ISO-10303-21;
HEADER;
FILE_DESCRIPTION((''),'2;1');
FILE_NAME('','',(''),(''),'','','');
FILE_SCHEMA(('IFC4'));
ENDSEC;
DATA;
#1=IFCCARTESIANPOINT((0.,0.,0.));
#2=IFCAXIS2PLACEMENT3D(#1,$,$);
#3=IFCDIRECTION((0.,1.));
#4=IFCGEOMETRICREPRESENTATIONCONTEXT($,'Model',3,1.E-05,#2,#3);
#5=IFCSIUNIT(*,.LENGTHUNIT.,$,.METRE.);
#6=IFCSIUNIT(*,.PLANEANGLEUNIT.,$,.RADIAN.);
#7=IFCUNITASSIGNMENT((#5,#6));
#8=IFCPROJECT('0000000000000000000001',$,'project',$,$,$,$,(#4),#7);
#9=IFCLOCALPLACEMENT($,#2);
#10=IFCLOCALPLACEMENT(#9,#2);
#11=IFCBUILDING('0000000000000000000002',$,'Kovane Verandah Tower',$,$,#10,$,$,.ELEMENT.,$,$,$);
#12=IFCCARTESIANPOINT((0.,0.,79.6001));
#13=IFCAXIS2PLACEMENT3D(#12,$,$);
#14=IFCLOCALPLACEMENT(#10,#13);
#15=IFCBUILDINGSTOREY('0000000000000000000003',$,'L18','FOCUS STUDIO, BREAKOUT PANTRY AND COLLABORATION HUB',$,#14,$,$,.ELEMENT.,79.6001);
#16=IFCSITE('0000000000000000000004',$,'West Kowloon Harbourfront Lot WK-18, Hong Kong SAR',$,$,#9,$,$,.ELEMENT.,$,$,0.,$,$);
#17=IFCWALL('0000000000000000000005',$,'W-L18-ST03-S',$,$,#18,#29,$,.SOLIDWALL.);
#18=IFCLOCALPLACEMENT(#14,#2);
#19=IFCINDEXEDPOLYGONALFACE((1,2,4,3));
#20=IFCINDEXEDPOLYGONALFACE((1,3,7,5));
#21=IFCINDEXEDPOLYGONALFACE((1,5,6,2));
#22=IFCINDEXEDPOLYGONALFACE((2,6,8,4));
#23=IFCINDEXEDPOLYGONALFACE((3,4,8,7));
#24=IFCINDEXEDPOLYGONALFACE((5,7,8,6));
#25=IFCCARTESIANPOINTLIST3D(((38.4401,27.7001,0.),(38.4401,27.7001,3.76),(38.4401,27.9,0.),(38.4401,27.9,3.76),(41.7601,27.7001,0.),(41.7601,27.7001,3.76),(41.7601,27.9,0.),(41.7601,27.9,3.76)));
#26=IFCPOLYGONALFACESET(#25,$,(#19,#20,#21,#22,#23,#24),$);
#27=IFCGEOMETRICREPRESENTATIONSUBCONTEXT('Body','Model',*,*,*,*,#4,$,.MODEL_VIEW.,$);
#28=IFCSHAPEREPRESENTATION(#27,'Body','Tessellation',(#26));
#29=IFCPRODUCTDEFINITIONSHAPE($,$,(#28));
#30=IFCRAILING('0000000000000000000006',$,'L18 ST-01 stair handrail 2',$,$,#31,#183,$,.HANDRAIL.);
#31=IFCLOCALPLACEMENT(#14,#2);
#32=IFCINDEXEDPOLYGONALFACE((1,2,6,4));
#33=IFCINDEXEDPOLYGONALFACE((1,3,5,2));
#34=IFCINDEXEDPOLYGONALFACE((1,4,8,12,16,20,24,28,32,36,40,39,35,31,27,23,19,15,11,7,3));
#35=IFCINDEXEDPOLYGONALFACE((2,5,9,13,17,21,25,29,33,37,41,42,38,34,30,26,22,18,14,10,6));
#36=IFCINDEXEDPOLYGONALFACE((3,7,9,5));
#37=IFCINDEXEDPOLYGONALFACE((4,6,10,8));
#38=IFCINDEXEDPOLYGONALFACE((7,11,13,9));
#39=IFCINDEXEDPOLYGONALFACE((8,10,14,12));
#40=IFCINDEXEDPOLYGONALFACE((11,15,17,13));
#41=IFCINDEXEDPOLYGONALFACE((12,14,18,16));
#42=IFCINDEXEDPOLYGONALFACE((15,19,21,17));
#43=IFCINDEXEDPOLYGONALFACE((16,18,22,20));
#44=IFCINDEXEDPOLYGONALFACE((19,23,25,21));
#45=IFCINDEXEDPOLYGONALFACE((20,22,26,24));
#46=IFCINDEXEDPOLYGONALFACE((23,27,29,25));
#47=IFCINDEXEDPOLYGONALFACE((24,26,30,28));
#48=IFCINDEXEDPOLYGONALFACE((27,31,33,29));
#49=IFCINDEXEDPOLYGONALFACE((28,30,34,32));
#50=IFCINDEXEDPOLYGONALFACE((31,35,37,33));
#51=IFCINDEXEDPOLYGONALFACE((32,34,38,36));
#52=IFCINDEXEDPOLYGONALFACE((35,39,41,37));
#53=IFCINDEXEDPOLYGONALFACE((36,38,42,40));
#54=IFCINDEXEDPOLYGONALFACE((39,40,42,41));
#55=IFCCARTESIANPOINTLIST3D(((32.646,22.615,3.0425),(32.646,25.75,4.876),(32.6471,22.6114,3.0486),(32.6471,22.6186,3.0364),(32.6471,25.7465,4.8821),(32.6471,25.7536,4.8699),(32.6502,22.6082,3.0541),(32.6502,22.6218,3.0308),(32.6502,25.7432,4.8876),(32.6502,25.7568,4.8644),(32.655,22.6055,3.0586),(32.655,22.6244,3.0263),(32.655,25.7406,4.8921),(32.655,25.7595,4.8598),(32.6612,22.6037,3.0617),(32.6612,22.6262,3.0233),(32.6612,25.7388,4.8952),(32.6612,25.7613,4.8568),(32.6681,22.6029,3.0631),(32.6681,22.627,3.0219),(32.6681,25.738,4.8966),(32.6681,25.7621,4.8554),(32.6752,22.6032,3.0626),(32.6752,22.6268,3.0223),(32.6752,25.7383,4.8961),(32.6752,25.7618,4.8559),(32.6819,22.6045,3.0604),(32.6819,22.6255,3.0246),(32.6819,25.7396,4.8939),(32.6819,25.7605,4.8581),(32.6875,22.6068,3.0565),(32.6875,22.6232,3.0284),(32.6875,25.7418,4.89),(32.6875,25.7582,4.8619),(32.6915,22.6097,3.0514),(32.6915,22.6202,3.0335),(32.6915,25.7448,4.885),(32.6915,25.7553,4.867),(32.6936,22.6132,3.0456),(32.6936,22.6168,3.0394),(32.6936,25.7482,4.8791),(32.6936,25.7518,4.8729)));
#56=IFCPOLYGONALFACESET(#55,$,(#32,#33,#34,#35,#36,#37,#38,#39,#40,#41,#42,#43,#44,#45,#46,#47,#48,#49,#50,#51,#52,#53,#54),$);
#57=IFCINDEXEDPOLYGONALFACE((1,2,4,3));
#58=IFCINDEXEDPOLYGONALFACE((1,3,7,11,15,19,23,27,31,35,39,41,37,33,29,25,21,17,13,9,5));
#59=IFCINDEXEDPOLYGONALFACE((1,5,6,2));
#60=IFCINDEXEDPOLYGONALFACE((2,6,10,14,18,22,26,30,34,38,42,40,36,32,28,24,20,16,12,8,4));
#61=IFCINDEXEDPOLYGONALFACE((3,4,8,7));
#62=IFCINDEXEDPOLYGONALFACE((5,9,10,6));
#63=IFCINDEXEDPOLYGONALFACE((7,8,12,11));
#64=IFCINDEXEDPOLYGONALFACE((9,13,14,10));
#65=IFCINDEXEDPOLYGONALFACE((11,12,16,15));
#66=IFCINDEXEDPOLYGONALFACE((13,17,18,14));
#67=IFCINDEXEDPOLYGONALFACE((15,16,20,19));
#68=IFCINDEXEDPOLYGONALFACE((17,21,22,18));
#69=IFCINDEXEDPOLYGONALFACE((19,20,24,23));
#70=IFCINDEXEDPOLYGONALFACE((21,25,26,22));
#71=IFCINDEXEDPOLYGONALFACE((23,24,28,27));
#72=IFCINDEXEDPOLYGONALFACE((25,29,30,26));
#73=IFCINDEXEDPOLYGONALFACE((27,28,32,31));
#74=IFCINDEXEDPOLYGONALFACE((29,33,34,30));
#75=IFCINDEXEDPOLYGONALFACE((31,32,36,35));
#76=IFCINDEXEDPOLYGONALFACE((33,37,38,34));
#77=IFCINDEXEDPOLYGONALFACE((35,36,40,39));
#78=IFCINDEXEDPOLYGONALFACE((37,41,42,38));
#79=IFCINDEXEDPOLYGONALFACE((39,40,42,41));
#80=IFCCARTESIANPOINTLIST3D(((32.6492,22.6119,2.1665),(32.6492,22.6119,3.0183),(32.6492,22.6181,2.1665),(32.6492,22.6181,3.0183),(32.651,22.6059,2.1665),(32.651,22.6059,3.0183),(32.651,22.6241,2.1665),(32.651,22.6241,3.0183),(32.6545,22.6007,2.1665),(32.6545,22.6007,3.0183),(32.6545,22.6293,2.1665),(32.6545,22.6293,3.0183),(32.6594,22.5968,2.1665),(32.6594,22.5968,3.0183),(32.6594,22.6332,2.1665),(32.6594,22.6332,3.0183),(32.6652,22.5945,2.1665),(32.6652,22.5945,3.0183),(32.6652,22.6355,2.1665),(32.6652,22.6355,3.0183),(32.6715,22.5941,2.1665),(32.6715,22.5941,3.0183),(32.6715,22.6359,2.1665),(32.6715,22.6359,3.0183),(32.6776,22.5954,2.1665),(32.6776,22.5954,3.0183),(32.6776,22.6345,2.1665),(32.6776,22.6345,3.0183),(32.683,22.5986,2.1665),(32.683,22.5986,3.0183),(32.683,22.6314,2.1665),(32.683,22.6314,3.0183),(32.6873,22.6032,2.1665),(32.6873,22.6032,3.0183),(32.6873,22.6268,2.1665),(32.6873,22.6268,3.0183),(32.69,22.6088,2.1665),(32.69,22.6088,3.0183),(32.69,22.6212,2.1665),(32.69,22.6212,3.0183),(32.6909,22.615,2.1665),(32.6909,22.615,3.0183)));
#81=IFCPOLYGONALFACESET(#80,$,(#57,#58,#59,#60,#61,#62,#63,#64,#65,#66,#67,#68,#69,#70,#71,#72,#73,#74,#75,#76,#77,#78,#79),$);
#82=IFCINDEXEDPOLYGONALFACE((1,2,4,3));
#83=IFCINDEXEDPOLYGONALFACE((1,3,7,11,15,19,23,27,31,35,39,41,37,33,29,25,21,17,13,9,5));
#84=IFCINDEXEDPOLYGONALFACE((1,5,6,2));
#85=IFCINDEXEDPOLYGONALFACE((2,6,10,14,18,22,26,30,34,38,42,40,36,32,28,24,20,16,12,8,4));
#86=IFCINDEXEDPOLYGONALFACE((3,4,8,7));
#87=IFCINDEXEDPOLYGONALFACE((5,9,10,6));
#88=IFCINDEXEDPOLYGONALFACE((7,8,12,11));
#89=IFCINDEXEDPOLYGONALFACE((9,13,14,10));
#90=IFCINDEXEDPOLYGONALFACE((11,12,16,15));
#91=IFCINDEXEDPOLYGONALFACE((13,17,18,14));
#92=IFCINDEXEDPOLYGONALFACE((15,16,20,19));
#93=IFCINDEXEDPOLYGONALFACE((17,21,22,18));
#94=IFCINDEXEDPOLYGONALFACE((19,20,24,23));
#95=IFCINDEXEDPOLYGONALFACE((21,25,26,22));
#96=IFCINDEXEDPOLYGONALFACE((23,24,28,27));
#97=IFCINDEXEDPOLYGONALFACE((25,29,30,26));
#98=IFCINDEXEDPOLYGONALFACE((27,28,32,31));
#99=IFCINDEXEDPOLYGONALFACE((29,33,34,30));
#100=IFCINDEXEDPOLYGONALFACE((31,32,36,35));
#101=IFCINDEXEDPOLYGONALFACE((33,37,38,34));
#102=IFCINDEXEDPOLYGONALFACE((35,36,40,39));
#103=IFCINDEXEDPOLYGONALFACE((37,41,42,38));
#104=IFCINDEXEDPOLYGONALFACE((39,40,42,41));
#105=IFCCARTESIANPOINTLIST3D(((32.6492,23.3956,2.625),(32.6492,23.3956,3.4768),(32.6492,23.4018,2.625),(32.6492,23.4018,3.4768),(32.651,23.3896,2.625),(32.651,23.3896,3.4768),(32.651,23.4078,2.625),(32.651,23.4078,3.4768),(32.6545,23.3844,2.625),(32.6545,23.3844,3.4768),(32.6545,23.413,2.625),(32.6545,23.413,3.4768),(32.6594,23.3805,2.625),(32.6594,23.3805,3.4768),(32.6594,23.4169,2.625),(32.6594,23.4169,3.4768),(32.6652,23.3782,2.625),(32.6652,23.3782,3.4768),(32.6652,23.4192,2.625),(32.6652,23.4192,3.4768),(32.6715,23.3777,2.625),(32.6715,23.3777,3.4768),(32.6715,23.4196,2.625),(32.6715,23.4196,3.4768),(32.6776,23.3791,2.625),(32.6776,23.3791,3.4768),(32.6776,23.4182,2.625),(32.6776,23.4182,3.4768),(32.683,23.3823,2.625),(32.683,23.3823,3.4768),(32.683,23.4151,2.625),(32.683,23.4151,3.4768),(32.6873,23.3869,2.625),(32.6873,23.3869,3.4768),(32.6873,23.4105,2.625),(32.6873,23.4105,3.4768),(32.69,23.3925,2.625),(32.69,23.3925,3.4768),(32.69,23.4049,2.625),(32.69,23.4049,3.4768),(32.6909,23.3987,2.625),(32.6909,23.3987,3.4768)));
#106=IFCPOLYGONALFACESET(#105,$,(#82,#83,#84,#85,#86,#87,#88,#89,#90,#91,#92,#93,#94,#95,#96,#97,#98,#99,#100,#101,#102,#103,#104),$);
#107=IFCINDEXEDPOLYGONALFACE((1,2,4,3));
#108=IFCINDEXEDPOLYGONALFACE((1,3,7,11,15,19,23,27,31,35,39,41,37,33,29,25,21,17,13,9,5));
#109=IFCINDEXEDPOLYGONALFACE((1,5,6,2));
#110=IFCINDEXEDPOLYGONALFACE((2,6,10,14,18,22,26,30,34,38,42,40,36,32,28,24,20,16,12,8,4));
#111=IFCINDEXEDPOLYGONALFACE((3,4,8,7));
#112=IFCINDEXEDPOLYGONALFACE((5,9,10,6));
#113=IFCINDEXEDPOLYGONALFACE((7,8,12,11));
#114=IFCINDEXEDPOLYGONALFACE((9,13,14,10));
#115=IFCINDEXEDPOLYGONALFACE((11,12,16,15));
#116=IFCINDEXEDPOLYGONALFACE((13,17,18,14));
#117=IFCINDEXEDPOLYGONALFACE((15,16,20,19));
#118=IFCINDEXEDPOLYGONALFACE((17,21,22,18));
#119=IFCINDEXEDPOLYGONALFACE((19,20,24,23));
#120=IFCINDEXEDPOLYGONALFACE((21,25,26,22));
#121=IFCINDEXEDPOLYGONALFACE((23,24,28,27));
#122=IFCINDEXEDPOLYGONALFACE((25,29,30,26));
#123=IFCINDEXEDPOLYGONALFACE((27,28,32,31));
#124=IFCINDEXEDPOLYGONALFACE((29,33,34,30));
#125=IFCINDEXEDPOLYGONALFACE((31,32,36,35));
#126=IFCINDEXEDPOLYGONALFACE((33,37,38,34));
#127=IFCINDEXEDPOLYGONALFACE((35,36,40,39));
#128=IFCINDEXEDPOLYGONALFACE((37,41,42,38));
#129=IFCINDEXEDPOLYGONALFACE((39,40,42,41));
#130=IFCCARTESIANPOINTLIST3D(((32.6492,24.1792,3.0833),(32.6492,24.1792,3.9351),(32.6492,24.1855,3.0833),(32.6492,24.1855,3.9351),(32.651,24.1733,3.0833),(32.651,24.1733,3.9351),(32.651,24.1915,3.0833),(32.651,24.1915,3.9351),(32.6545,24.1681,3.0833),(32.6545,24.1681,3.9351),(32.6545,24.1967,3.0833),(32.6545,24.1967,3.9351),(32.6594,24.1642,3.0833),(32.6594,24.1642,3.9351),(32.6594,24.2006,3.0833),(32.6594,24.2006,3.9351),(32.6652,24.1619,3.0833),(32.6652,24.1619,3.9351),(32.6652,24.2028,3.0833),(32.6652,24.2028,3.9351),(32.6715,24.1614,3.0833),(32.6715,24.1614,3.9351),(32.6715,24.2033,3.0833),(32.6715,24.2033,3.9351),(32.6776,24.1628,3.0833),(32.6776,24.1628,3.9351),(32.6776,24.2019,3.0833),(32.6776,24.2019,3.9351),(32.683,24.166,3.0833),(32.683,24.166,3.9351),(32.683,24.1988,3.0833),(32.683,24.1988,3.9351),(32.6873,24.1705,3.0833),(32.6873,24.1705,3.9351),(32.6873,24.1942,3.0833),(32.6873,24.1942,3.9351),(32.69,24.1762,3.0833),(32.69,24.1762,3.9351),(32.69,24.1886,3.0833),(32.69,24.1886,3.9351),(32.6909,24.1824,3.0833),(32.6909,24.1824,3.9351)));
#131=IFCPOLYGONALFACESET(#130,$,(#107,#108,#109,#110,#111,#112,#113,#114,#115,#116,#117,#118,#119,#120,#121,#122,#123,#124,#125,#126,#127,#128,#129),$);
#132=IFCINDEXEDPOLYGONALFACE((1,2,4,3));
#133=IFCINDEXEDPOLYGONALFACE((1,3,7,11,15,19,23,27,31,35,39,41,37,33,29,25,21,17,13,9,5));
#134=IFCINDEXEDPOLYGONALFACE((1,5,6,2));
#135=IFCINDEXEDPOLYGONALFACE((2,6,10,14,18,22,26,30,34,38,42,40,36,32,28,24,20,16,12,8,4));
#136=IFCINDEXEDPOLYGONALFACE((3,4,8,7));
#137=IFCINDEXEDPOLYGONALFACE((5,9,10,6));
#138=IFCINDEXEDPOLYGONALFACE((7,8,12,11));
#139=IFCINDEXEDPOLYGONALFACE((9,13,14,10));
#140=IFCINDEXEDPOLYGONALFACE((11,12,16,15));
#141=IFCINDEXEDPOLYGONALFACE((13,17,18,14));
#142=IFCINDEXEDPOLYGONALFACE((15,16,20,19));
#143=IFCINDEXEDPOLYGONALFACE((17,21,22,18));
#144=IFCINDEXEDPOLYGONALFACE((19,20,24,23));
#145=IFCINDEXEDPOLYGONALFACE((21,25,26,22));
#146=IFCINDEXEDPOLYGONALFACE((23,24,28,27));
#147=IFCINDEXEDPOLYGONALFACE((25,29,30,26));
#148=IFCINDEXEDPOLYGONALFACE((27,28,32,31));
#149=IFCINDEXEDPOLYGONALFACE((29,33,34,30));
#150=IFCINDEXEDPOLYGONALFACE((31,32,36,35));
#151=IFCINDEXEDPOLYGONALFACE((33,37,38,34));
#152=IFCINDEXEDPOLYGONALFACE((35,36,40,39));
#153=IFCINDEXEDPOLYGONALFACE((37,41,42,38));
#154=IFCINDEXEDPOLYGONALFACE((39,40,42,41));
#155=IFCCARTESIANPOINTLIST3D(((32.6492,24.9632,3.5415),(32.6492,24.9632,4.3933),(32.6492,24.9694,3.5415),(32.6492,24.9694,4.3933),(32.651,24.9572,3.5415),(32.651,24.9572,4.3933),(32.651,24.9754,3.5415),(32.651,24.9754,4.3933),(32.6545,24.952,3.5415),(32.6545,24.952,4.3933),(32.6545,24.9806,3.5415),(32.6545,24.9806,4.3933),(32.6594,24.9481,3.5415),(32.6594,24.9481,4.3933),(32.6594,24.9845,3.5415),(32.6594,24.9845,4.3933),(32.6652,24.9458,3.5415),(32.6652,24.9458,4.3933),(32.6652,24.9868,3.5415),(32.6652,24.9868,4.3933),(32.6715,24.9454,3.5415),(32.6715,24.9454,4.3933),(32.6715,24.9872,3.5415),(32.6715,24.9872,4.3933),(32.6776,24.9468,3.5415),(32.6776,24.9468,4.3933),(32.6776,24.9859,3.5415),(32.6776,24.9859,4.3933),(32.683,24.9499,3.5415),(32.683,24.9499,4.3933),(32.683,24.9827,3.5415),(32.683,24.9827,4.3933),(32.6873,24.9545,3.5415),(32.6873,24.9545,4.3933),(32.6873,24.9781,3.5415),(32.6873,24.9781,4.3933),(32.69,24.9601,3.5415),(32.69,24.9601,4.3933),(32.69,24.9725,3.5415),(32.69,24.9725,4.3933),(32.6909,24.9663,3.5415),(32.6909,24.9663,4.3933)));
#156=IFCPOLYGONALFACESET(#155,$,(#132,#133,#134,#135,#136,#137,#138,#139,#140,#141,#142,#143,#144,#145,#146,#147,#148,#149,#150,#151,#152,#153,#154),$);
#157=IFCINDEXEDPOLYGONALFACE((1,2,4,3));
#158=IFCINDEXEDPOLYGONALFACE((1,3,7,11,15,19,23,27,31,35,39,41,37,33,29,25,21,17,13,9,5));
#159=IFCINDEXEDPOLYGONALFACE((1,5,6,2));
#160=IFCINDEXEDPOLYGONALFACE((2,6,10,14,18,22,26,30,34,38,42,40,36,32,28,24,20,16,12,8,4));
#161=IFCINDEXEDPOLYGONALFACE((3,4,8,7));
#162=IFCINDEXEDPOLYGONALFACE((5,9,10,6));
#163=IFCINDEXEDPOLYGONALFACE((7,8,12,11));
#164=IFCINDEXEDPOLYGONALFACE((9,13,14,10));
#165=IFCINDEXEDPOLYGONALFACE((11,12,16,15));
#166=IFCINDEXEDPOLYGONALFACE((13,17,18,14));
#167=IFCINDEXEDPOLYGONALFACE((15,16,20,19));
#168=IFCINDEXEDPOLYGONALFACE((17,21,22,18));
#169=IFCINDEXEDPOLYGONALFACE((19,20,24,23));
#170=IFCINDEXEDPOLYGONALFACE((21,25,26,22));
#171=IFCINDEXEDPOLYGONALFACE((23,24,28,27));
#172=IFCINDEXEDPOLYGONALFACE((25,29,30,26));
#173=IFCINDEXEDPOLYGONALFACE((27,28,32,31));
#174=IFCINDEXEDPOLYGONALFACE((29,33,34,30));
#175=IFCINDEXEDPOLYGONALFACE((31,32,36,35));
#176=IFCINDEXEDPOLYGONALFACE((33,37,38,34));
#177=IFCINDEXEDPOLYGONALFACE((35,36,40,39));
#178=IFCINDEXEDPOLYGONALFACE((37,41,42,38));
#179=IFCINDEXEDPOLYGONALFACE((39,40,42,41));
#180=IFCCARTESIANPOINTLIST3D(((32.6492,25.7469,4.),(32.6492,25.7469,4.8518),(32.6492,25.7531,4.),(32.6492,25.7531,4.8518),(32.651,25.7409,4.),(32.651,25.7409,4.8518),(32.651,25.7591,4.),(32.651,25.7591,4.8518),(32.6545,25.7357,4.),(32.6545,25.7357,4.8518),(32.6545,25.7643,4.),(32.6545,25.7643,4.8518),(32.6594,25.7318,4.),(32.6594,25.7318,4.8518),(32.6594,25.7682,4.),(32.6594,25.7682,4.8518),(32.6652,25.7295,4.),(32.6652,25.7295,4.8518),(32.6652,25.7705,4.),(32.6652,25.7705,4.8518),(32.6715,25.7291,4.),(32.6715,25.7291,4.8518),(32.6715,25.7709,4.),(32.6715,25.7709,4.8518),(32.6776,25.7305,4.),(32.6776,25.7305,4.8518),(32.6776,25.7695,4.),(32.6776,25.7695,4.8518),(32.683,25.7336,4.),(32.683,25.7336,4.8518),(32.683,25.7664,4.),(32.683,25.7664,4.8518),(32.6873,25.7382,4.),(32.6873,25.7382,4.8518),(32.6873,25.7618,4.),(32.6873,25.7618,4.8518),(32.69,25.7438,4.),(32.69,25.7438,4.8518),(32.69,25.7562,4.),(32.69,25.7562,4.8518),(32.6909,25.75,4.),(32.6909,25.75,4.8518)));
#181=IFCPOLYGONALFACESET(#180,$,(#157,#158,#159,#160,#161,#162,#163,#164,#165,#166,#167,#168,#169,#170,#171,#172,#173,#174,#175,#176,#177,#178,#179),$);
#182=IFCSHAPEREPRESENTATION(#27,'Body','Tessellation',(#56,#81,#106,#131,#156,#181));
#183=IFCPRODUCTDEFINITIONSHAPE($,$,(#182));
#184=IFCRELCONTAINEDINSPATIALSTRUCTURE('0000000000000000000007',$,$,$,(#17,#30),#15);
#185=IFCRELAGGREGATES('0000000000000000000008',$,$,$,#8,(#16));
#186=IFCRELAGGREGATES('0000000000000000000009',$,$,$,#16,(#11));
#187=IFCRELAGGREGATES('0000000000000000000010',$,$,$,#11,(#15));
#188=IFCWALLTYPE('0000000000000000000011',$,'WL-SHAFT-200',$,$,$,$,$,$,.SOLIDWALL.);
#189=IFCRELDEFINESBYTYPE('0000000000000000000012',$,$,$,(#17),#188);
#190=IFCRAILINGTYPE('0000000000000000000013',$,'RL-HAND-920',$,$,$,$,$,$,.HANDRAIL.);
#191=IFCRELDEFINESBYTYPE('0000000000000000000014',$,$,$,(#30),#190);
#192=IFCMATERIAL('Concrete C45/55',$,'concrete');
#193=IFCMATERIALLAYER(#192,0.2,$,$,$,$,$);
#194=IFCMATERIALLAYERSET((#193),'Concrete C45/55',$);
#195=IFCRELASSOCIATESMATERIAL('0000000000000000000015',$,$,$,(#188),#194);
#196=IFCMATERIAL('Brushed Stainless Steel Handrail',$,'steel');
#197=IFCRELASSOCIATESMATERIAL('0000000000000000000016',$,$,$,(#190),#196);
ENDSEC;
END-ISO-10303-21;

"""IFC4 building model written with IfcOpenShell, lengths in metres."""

from ifc_helpers import new_model, si_unit, direction, frame, frame_2d, origin, origin_2d, place, context, subcontext, project, spatial, rectangle, circle, extrude, material, layer, layer_set, type_object, element, save


model = new_model("IFC4")

# Units and contexts
model_context = context("Model", 3, precision=1e-05, world=origin(), true_north=direction((0.0, 1.0)))
body_context = subcontext(model_context, "Body", "Model", "MODEL_VIEW")
ifc_project = project(units=[si_unit("LENGTHUNIT", "METRE"), si_unit("PLANEANGLEUNIT", "RADIAN")], contexts=[model_context])

# Site, building, storey
site_placement = place(None, origin())
site = spatial("IfcSite", under=ifc_project, at=site_placement, Name="West Kowloon Harbourfront Lot WK-18, Hong Kong SAR", CompositionType="ELEMENT", RefElevation=0.0)
building_placement = place(site_placement, origin())
building = spatial("IfcBuilding", under=site, at=building_placement, Name="Kovane Verandah Tower", CompositionType="ELEMENT")
storey_placement = place(building_placement, frame((0.0, 0.0, 79.6001)))
storey = spatial("IfcBuildingStorey", under=building, at=storey_placement, Name="L18", Description="FOCUS STUDIO, BREAKOUT PANTRY AND COLLABORATION HUB", CompositionType="ELEMENT", Elevation=79.6001)

# Wall
ifc_material_1 = material(Name="Concrete C45/55", Category="concrete")
ifc_layer_1 = layer(ifc_material_1, 0.2)
ifc_layer_set_1 = layer_set([ifc_layer_1], Name="Concrete C45/55")
wall_type_1 = type_object("IfcWallType", Name="WL-SHAFT-200", PredefinedType="SOLIDWALL", material=ifc_layer_set_1)
wall_1_placement = place(storey_placement, frame((38.4399, 27.8, 0.0), z_axis=(0.0, 0.0, 1.0), x_axis=(1.0, 0.0, 0.0)))
element("IfcWall", 1, at=wall_1_placement, inside=storey, type_object=wall_type_1, Name="W-L18-ST03-S", PredefinedType="SOLIDWALL", context=body_context, shape_type="SweptSolid", body=[
    extrude(rectangle(XDim=3.3201, YDim=0.2, at=frame_2d((1.6602, 0.0))), origin(), (0.0, 0.0, 1.0), 3.76),
])

# Railing
ifc_material_2 = material(Name="Brushed Stainless Steel Handrail", Category="steel")
railing_type = type_object("IfcRailingType", Name="RL-HAND-920", PredefinedType="HANDRAIL", material=ifc_material_2)
railing_placement = place(storey_placement, frame((32.6699, 22.615, 2.1665)))
element("IfcRailing", 2, at=railing_placement, inside=storey, type_object=railing_type, Name="L18 ST-01 stair handrail 2", PredefinedType="HANDRAIL", context=body_context, shape_type="SweptSolid", body=[
    extrude(circle(Radius=0.0239, at=origin_2d()), frame((0.0, 0.0, 0.876), z_axis=(0.0, 0.86321, 0.504845), x_axis=(-1.0, 0.0, 0.0)), (0.0, 0.0, 1.0), 3.6318),
    extrude(circle(Radius=0.021, at=origin_2d()), origin(), (0.0, 0.0, 1.0), 0.8518),
    extrude(circle(Radius=0.021, at=origin_2d()), frame((0.0, 0.7837, 0.4585)), (0.0, 0.0, 1.0), 0.8518),
    extrude(circle(Radius=0.021, at=origin_2d()), frame((0.0, 1.5674, 0.9167)), (0.0, 0.0, 1.0), 0.8518),
    extrude(circle(Radius=0.021, at=origin_2d()), frame((0.0, 2.3513, 1.375)), (0.0, 0.0, 1.0), 0.8518),
    extrude(circle(Radius=0.021, at=origin_2d()), frame((0.0, 3.135, 1.8335)), (0.0, 0.0, 1.0), 0.8518),
])

save(model, "model.ifc")
